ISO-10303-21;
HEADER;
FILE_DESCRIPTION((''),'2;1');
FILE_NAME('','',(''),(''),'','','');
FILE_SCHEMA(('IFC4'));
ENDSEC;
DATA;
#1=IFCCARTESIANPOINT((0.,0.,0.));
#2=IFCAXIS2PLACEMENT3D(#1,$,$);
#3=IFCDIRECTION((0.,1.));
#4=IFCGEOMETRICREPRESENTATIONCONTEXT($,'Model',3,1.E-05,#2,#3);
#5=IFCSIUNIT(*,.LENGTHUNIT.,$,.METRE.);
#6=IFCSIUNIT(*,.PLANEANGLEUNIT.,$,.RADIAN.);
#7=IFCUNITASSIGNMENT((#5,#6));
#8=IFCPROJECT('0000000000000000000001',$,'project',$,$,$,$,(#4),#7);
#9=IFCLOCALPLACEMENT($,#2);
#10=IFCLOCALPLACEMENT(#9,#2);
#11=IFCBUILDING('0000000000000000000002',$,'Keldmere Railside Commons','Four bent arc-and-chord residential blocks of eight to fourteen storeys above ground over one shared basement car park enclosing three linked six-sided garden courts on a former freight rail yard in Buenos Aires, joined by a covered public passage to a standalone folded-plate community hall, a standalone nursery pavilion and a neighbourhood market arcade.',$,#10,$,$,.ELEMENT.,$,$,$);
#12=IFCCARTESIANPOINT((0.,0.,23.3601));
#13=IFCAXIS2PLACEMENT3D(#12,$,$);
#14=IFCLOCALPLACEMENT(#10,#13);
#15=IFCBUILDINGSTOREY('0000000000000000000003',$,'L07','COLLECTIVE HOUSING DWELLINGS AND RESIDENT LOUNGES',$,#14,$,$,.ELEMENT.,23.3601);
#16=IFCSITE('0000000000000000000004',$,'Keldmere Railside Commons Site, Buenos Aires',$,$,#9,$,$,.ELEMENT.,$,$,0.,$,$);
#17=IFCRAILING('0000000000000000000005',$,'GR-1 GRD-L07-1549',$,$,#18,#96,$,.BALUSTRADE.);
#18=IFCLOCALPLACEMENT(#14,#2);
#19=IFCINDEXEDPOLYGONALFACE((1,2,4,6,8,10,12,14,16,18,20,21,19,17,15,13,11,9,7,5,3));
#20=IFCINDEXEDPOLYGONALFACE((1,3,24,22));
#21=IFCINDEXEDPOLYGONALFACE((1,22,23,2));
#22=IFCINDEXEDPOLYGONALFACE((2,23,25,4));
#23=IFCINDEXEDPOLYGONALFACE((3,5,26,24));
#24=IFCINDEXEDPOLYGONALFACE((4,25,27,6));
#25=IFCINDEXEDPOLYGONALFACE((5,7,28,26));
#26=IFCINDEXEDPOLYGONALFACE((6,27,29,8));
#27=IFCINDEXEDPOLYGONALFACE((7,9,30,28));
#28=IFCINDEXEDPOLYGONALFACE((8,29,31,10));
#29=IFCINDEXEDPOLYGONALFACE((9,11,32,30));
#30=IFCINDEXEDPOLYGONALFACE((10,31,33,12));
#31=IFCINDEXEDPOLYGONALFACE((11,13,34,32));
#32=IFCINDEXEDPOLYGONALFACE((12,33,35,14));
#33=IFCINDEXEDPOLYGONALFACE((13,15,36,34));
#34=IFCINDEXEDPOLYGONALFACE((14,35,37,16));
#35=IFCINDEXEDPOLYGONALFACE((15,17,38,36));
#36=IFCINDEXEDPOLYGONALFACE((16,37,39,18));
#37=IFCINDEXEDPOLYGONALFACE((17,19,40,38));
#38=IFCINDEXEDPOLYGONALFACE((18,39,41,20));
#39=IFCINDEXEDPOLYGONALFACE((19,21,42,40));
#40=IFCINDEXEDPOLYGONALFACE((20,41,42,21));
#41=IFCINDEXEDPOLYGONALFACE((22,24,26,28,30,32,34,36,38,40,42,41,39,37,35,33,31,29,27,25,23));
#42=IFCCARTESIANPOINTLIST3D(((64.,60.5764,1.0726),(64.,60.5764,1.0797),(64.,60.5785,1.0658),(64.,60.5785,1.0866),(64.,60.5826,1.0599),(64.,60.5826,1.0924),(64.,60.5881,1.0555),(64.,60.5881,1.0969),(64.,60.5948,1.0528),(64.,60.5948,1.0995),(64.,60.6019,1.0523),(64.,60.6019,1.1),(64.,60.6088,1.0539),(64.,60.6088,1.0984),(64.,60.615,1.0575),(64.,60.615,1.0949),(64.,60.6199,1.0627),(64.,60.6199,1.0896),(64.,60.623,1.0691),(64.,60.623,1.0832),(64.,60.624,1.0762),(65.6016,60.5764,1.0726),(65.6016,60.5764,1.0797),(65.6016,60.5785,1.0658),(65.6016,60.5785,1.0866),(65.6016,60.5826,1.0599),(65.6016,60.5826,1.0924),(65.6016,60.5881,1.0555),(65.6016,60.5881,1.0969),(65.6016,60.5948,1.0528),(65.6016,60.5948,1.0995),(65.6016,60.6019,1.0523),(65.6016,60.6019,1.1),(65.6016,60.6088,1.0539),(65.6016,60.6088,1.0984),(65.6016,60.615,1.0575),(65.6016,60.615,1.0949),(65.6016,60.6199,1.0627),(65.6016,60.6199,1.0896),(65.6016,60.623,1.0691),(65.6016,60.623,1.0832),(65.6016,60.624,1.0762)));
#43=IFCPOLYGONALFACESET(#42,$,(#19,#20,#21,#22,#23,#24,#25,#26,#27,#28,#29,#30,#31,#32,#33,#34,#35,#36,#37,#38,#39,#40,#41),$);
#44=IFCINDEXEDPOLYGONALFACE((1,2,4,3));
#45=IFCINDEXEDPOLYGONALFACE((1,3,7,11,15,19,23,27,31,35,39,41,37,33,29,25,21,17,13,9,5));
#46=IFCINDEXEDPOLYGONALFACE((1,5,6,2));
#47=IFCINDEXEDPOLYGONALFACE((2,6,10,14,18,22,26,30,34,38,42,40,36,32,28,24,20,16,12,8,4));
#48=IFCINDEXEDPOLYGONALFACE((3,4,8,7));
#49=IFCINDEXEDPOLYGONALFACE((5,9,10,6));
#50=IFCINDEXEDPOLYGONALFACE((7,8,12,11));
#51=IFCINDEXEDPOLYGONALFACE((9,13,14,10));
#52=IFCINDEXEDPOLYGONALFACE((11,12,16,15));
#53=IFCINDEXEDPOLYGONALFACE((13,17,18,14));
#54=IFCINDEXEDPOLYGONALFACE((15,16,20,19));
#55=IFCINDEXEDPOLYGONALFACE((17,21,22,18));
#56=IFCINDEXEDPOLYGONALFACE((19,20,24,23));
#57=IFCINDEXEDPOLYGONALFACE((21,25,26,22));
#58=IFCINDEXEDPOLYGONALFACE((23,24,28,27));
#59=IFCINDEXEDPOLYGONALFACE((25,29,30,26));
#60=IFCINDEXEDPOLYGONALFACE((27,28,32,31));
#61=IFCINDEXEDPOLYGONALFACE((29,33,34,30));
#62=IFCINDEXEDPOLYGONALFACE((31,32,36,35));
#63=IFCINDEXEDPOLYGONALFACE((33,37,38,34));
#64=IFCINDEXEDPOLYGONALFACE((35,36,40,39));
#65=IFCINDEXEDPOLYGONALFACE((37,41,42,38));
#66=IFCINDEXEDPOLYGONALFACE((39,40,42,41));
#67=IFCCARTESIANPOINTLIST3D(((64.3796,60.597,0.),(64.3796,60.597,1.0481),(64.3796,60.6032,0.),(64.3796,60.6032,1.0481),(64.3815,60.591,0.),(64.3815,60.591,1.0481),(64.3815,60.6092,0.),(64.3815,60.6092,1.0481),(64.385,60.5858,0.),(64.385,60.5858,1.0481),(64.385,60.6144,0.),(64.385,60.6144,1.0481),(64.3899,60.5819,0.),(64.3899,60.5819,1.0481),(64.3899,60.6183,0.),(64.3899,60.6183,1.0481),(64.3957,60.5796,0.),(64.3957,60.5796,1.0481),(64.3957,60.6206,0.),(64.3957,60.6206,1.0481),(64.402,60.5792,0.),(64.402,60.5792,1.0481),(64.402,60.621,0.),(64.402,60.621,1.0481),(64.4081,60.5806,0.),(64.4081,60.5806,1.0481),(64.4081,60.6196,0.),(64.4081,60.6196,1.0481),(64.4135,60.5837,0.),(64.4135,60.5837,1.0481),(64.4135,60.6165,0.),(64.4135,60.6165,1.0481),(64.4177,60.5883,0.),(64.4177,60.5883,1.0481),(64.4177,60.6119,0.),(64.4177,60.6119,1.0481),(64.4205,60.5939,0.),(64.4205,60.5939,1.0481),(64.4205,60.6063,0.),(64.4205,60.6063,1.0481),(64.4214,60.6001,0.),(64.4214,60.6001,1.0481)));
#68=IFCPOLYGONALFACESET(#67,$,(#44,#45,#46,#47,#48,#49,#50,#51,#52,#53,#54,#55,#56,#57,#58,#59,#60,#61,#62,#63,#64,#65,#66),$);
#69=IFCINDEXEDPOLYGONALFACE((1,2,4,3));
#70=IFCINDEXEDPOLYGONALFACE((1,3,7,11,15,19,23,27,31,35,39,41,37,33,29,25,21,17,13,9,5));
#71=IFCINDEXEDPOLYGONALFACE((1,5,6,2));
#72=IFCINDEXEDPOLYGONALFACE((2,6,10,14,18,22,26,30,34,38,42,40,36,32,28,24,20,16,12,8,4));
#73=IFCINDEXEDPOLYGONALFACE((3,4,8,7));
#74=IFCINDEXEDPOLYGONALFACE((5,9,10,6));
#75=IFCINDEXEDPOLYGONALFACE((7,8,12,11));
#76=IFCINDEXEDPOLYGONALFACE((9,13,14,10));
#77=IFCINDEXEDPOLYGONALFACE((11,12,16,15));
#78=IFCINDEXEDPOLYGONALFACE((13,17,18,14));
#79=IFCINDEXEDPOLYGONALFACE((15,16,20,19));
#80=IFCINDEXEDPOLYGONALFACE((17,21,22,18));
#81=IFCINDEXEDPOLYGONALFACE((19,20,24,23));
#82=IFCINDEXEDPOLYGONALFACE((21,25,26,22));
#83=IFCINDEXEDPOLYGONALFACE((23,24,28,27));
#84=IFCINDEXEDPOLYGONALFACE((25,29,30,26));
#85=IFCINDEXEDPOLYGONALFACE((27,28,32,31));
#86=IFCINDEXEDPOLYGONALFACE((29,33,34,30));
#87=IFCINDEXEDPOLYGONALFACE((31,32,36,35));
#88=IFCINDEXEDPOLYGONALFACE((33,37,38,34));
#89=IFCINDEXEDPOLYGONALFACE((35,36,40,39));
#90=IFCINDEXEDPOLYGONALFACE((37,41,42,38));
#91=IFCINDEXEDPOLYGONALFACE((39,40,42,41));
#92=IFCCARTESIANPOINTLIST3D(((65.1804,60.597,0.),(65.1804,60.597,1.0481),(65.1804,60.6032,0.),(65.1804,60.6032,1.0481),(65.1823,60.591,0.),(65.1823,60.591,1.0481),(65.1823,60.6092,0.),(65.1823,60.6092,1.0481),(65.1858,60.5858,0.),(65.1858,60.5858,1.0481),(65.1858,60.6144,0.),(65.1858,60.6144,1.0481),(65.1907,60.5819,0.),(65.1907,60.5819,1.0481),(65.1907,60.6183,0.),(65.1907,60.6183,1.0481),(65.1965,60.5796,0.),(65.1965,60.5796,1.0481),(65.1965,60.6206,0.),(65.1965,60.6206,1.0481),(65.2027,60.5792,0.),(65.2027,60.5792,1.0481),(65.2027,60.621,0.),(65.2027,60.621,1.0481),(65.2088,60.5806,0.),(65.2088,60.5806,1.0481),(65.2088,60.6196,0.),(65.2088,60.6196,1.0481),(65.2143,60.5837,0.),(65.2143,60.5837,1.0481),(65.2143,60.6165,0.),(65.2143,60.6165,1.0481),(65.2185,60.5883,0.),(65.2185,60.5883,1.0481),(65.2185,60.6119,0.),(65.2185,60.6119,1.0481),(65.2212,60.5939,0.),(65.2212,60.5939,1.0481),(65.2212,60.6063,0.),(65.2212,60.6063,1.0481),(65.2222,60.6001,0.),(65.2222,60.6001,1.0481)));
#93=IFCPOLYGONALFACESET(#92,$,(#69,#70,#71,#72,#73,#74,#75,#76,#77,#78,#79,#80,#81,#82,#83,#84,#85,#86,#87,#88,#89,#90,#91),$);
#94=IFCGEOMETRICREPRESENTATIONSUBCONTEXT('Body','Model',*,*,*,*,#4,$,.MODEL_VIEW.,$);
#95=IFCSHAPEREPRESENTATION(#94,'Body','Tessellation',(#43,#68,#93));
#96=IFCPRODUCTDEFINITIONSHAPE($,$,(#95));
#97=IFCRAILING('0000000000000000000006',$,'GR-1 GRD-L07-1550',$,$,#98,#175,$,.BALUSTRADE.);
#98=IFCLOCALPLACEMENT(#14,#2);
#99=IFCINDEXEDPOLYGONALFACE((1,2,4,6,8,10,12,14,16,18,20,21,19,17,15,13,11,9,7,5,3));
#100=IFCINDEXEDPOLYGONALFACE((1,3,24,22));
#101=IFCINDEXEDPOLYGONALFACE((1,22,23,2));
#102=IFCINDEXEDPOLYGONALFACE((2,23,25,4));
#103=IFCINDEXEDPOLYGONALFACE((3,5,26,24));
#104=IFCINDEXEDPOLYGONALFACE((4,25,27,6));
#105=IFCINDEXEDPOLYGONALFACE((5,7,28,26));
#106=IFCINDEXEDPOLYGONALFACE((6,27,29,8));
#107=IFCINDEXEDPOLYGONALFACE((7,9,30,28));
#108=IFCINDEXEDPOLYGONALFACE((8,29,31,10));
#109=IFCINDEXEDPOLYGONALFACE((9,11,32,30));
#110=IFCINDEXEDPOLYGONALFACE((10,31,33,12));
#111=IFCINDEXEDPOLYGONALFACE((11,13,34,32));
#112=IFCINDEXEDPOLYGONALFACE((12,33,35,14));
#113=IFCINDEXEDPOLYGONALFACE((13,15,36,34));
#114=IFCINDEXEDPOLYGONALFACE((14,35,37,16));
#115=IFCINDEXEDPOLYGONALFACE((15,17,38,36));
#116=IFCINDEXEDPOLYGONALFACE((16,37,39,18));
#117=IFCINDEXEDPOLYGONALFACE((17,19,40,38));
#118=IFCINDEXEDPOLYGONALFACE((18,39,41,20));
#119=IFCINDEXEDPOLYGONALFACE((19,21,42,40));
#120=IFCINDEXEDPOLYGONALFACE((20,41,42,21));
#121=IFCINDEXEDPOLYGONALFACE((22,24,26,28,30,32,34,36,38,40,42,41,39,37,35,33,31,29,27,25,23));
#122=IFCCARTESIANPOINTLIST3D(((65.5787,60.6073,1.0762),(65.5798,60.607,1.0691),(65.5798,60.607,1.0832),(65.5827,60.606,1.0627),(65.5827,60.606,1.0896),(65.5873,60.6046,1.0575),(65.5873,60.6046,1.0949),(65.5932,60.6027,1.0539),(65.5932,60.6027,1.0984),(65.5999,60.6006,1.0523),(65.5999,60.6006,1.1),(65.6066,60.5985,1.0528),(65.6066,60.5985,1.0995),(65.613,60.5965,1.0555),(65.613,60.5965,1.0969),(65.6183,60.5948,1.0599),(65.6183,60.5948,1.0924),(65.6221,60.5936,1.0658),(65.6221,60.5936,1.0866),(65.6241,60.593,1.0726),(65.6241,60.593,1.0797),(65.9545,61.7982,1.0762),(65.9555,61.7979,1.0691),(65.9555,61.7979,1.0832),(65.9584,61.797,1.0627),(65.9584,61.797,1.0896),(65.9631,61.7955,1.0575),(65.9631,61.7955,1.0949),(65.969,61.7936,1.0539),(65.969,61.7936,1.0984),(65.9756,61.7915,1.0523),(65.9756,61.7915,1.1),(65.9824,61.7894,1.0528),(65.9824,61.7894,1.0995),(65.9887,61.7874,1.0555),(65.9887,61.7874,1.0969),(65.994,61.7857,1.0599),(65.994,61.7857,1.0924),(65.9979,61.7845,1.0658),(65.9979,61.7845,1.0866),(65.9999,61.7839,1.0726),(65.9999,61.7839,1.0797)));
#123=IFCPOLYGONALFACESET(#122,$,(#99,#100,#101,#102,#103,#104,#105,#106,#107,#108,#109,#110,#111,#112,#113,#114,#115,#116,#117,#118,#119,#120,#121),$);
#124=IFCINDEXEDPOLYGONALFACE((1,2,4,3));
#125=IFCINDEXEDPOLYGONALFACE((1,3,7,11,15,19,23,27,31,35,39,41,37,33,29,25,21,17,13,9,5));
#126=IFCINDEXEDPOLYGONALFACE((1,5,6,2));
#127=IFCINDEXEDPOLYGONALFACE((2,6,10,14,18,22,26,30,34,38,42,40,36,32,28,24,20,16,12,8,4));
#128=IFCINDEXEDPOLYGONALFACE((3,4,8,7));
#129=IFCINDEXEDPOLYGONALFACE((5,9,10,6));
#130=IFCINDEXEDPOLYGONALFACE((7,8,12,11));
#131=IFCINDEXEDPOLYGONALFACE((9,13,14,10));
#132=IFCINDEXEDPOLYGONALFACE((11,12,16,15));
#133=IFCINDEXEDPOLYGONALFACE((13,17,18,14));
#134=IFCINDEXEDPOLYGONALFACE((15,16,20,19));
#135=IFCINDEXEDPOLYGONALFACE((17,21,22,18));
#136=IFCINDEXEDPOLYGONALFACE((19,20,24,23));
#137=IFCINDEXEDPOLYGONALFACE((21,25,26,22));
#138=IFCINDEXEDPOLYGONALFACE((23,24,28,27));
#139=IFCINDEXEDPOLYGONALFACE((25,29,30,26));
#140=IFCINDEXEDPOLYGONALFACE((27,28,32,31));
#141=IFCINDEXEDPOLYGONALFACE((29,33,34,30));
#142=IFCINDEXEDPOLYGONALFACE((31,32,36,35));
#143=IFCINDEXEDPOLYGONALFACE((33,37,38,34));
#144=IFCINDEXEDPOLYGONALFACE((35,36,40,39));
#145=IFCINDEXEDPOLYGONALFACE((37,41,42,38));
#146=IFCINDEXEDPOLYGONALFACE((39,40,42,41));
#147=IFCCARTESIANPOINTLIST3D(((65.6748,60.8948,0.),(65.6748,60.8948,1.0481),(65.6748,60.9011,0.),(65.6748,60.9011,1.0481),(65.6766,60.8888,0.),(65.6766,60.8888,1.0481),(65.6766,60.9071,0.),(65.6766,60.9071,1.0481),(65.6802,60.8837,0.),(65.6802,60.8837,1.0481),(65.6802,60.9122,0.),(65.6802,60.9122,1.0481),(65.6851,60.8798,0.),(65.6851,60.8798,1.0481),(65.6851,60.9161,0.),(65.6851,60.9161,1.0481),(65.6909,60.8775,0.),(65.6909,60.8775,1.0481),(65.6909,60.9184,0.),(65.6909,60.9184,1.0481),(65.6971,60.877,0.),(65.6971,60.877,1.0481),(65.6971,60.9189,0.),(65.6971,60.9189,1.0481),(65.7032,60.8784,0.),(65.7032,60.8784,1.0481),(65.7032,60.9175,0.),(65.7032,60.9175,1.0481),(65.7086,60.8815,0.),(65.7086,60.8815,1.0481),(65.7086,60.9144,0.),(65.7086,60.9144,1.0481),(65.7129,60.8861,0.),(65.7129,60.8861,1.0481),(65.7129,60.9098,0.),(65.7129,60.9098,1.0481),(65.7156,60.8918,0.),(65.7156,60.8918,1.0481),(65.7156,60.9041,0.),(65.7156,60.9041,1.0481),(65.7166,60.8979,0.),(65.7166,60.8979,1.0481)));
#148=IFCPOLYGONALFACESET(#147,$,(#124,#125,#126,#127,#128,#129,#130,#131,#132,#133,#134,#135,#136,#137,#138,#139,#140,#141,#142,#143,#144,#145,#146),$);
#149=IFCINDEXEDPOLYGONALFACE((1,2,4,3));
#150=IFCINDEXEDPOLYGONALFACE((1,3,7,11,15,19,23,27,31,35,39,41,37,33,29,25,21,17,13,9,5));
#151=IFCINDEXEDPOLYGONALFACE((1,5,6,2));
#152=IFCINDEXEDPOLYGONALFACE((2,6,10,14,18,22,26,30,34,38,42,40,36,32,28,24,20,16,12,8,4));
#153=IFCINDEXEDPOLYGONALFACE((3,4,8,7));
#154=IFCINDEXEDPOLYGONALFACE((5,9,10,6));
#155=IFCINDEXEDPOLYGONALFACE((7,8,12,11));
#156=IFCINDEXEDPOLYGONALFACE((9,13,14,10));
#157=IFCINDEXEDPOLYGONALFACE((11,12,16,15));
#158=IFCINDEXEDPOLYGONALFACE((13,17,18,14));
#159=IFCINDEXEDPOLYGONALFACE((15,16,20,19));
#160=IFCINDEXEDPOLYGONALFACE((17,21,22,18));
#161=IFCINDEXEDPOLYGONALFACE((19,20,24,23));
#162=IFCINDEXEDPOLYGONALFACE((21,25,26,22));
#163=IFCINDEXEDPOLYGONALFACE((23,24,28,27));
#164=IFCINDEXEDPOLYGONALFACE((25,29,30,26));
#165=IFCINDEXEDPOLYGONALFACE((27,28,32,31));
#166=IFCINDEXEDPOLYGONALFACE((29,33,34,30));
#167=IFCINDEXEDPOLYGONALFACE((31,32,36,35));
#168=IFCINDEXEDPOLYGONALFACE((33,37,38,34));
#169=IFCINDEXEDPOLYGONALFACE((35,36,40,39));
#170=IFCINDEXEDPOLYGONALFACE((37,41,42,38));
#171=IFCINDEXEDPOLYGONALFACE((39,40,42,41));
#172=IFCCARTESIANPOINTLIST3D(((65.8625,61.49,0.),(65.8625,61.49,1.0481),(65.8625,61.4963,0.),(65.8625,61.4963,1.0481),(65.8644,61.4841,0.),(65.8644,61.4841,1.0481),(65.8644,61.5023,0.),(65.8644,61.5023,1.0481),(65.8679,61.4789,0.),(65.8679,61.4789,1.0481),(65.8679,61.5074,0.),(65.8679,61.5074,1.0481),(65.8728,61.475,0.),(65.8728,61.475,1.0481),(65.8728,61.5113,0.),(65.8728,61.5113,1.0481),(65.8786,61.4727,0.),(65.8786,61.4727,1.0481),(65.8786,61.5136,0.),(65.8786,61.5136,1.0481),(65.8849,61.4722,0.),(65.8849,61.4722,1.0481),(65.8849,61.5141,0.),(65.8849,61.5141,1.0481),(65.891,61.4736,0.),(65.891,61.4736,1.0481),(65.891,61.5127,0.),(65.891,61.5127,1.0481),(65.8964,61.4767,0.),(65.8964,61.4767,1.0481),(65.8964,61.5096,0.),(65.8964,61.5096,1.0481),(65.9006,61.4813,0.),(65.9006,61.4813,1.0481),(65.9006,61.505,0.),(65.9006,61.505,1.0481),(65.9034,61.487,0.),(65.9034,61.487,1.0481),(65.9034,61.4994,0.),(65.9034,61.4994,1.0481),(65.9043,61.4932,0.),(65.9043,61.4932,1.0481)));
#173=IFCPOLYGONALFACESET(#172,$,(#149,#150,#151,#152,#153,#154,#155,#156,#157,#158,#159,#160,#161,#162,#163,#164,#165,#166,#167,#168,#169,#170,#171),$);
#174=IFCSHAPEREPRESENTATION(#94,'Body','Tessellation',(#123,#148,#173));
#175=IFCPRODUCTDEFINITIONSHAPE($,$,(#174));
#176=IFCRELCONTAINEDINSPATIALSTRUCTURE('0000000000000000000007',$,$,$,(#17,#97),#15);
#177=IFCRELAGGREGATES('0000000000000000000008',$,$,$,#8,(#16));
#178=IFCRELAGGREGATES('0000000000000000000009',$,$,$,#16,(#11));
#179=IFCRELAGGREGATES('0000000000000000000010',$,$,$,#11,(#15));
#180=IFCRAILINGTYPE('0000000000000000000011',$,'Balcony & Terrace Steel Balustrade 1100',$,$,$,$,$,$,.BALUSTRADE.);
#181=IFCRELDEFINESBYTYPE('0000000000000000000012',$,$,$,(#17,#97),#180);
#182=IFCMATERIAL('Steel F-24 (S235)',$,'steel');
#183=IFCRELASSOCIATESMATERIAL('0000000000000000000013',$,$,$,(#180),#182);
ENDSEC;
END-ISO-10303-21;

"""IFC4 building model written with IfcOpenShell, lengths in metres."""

from ifc_helpers import new_model, si_unit, direction, frame, origin, origin_2d, place, context, subcontext, project, spatial, circle, extrude, material, type_object, element, save


model = new_model("IFC4")

# Units and contexts
model_context = context("Model", 3, precision=1e-05, world=origin(), true_north=direction((0.0, 1.0)))
body_context = subcontext(model_context, "Body", "Model", "MODEL_VIEW")
ifc_project = project(units=[si_unit("LENGTHUNIT", "METRE"), si_unit("PLANEANGLEUNIT", "RADIAN")], contexts=[model_context])

# Site, building, storey
site_placement = place(None, origin())
site = spatial("IfcSite", under=ifc_project, at=site_placement, Name="Keldmere Railside Commons Site, Buenos Aires", CompositionType="ELEMENT", RefElevation=0.0)
building_placement = place(site_placement, origin())
building = spatial("IfcBuilding", under=site, at=building_placement, Name="Keldmere Railside Commons", Description="Four bent arc-and-chord residential blocks of eight to fourteen storeys above ground over one shared basement car park enclosing three linked six-sided garden courts on a former freight rail yard in Buenos Aires, joined by a covered public passage to a standalone folded-plate community hall, a standalone nursery pavilion and a neighbourhood market arcade.", CompositionType="ELEMENT")
storey_placement = place(building_placement, frame((0.0, 0.0, 23.3601)))
storey = spatial("IfcBuildingStorey", under=building, at=storey_placement, Name="L07", Description="COLLECTIVE HOUSING DWELLINGS AND RESIDENT LOUNGES", CompositionType="ELEMENT", Elevation=23.3601)

# Railings
ifc_material_1 = material(Name="Steel F-24 (S235)", Category="steel")
railing_type = type_object("IfcRailingType", Name="Balcony & Terrace Steel Balustrade 1100", PredefinedType="BALUSTRADE", material=ifc_material_1)
railing_1_placement = place(storey_placement, frame((64.0, 60.6001, 0.0)))
element("IfcRailing", 1, at=railing_1_placement, inside=storey, type_object=railing_type, Name="GR-1 GRD-L07-1549", PredefinedType="BALUSTRADE", context=body_context, shape_type="SweptSolid", body=[
    extrude(circle(Radius=0.0239, at=origin_2d()), frame((0.0, 0.0, 1.0762), z_axis=(1.0, 0.0, 0.0), x_axis=(0.0, 1.0, 0.0)), (0.0, 0.0, 1.0), 1.6016),
    extrude(circle(Radius=0.021, at=origin_2d()), frame((0.4004, 0.0, 0.0)), (0.0, 0.0, 1.0), 1.0481),
    extrude(circle(Radius=0.021, at=origin_2d()), frame((1.2012, 0.0, 0.0)), (0.0, 0.0, 1.0), 1.0481),
])
railing_2_placement = place(storey_placement, frame((65.6016, 60.6001, 0.0)))
element("IfcRailing", 2, at=railing_2_placement, inside=storey, type_object=railing_type, Name="GR-1 GRD-L07-1550", PredefinedType="BALUSTRADE", context=body_context, shape_type="SweptSolid", body=[
    extrude(circle(Radius=0.0239, at=origin_2d()), frame((0.0, 0.0, 1.0762), z_axis=(0.300879, 0.953662, 0.0), x_axis=(-0.953662, 0.300879, 0.0)), (0.0, 0.0, 1.0), 1.2488),
    extrude(circle(Radius=0.021, at=origin_2d()), frame((0.094, 0.2979, 0.0)), (0.0, 0.0, 1.0), 1.0481),
    extrude(circle(Radius=0.021, at=origin_2d()), frame((0.2817, 0.8931, 0.0)), (0.0, 0.0, 1.0), 1.0481),
])

save(model, "model.ifc")
